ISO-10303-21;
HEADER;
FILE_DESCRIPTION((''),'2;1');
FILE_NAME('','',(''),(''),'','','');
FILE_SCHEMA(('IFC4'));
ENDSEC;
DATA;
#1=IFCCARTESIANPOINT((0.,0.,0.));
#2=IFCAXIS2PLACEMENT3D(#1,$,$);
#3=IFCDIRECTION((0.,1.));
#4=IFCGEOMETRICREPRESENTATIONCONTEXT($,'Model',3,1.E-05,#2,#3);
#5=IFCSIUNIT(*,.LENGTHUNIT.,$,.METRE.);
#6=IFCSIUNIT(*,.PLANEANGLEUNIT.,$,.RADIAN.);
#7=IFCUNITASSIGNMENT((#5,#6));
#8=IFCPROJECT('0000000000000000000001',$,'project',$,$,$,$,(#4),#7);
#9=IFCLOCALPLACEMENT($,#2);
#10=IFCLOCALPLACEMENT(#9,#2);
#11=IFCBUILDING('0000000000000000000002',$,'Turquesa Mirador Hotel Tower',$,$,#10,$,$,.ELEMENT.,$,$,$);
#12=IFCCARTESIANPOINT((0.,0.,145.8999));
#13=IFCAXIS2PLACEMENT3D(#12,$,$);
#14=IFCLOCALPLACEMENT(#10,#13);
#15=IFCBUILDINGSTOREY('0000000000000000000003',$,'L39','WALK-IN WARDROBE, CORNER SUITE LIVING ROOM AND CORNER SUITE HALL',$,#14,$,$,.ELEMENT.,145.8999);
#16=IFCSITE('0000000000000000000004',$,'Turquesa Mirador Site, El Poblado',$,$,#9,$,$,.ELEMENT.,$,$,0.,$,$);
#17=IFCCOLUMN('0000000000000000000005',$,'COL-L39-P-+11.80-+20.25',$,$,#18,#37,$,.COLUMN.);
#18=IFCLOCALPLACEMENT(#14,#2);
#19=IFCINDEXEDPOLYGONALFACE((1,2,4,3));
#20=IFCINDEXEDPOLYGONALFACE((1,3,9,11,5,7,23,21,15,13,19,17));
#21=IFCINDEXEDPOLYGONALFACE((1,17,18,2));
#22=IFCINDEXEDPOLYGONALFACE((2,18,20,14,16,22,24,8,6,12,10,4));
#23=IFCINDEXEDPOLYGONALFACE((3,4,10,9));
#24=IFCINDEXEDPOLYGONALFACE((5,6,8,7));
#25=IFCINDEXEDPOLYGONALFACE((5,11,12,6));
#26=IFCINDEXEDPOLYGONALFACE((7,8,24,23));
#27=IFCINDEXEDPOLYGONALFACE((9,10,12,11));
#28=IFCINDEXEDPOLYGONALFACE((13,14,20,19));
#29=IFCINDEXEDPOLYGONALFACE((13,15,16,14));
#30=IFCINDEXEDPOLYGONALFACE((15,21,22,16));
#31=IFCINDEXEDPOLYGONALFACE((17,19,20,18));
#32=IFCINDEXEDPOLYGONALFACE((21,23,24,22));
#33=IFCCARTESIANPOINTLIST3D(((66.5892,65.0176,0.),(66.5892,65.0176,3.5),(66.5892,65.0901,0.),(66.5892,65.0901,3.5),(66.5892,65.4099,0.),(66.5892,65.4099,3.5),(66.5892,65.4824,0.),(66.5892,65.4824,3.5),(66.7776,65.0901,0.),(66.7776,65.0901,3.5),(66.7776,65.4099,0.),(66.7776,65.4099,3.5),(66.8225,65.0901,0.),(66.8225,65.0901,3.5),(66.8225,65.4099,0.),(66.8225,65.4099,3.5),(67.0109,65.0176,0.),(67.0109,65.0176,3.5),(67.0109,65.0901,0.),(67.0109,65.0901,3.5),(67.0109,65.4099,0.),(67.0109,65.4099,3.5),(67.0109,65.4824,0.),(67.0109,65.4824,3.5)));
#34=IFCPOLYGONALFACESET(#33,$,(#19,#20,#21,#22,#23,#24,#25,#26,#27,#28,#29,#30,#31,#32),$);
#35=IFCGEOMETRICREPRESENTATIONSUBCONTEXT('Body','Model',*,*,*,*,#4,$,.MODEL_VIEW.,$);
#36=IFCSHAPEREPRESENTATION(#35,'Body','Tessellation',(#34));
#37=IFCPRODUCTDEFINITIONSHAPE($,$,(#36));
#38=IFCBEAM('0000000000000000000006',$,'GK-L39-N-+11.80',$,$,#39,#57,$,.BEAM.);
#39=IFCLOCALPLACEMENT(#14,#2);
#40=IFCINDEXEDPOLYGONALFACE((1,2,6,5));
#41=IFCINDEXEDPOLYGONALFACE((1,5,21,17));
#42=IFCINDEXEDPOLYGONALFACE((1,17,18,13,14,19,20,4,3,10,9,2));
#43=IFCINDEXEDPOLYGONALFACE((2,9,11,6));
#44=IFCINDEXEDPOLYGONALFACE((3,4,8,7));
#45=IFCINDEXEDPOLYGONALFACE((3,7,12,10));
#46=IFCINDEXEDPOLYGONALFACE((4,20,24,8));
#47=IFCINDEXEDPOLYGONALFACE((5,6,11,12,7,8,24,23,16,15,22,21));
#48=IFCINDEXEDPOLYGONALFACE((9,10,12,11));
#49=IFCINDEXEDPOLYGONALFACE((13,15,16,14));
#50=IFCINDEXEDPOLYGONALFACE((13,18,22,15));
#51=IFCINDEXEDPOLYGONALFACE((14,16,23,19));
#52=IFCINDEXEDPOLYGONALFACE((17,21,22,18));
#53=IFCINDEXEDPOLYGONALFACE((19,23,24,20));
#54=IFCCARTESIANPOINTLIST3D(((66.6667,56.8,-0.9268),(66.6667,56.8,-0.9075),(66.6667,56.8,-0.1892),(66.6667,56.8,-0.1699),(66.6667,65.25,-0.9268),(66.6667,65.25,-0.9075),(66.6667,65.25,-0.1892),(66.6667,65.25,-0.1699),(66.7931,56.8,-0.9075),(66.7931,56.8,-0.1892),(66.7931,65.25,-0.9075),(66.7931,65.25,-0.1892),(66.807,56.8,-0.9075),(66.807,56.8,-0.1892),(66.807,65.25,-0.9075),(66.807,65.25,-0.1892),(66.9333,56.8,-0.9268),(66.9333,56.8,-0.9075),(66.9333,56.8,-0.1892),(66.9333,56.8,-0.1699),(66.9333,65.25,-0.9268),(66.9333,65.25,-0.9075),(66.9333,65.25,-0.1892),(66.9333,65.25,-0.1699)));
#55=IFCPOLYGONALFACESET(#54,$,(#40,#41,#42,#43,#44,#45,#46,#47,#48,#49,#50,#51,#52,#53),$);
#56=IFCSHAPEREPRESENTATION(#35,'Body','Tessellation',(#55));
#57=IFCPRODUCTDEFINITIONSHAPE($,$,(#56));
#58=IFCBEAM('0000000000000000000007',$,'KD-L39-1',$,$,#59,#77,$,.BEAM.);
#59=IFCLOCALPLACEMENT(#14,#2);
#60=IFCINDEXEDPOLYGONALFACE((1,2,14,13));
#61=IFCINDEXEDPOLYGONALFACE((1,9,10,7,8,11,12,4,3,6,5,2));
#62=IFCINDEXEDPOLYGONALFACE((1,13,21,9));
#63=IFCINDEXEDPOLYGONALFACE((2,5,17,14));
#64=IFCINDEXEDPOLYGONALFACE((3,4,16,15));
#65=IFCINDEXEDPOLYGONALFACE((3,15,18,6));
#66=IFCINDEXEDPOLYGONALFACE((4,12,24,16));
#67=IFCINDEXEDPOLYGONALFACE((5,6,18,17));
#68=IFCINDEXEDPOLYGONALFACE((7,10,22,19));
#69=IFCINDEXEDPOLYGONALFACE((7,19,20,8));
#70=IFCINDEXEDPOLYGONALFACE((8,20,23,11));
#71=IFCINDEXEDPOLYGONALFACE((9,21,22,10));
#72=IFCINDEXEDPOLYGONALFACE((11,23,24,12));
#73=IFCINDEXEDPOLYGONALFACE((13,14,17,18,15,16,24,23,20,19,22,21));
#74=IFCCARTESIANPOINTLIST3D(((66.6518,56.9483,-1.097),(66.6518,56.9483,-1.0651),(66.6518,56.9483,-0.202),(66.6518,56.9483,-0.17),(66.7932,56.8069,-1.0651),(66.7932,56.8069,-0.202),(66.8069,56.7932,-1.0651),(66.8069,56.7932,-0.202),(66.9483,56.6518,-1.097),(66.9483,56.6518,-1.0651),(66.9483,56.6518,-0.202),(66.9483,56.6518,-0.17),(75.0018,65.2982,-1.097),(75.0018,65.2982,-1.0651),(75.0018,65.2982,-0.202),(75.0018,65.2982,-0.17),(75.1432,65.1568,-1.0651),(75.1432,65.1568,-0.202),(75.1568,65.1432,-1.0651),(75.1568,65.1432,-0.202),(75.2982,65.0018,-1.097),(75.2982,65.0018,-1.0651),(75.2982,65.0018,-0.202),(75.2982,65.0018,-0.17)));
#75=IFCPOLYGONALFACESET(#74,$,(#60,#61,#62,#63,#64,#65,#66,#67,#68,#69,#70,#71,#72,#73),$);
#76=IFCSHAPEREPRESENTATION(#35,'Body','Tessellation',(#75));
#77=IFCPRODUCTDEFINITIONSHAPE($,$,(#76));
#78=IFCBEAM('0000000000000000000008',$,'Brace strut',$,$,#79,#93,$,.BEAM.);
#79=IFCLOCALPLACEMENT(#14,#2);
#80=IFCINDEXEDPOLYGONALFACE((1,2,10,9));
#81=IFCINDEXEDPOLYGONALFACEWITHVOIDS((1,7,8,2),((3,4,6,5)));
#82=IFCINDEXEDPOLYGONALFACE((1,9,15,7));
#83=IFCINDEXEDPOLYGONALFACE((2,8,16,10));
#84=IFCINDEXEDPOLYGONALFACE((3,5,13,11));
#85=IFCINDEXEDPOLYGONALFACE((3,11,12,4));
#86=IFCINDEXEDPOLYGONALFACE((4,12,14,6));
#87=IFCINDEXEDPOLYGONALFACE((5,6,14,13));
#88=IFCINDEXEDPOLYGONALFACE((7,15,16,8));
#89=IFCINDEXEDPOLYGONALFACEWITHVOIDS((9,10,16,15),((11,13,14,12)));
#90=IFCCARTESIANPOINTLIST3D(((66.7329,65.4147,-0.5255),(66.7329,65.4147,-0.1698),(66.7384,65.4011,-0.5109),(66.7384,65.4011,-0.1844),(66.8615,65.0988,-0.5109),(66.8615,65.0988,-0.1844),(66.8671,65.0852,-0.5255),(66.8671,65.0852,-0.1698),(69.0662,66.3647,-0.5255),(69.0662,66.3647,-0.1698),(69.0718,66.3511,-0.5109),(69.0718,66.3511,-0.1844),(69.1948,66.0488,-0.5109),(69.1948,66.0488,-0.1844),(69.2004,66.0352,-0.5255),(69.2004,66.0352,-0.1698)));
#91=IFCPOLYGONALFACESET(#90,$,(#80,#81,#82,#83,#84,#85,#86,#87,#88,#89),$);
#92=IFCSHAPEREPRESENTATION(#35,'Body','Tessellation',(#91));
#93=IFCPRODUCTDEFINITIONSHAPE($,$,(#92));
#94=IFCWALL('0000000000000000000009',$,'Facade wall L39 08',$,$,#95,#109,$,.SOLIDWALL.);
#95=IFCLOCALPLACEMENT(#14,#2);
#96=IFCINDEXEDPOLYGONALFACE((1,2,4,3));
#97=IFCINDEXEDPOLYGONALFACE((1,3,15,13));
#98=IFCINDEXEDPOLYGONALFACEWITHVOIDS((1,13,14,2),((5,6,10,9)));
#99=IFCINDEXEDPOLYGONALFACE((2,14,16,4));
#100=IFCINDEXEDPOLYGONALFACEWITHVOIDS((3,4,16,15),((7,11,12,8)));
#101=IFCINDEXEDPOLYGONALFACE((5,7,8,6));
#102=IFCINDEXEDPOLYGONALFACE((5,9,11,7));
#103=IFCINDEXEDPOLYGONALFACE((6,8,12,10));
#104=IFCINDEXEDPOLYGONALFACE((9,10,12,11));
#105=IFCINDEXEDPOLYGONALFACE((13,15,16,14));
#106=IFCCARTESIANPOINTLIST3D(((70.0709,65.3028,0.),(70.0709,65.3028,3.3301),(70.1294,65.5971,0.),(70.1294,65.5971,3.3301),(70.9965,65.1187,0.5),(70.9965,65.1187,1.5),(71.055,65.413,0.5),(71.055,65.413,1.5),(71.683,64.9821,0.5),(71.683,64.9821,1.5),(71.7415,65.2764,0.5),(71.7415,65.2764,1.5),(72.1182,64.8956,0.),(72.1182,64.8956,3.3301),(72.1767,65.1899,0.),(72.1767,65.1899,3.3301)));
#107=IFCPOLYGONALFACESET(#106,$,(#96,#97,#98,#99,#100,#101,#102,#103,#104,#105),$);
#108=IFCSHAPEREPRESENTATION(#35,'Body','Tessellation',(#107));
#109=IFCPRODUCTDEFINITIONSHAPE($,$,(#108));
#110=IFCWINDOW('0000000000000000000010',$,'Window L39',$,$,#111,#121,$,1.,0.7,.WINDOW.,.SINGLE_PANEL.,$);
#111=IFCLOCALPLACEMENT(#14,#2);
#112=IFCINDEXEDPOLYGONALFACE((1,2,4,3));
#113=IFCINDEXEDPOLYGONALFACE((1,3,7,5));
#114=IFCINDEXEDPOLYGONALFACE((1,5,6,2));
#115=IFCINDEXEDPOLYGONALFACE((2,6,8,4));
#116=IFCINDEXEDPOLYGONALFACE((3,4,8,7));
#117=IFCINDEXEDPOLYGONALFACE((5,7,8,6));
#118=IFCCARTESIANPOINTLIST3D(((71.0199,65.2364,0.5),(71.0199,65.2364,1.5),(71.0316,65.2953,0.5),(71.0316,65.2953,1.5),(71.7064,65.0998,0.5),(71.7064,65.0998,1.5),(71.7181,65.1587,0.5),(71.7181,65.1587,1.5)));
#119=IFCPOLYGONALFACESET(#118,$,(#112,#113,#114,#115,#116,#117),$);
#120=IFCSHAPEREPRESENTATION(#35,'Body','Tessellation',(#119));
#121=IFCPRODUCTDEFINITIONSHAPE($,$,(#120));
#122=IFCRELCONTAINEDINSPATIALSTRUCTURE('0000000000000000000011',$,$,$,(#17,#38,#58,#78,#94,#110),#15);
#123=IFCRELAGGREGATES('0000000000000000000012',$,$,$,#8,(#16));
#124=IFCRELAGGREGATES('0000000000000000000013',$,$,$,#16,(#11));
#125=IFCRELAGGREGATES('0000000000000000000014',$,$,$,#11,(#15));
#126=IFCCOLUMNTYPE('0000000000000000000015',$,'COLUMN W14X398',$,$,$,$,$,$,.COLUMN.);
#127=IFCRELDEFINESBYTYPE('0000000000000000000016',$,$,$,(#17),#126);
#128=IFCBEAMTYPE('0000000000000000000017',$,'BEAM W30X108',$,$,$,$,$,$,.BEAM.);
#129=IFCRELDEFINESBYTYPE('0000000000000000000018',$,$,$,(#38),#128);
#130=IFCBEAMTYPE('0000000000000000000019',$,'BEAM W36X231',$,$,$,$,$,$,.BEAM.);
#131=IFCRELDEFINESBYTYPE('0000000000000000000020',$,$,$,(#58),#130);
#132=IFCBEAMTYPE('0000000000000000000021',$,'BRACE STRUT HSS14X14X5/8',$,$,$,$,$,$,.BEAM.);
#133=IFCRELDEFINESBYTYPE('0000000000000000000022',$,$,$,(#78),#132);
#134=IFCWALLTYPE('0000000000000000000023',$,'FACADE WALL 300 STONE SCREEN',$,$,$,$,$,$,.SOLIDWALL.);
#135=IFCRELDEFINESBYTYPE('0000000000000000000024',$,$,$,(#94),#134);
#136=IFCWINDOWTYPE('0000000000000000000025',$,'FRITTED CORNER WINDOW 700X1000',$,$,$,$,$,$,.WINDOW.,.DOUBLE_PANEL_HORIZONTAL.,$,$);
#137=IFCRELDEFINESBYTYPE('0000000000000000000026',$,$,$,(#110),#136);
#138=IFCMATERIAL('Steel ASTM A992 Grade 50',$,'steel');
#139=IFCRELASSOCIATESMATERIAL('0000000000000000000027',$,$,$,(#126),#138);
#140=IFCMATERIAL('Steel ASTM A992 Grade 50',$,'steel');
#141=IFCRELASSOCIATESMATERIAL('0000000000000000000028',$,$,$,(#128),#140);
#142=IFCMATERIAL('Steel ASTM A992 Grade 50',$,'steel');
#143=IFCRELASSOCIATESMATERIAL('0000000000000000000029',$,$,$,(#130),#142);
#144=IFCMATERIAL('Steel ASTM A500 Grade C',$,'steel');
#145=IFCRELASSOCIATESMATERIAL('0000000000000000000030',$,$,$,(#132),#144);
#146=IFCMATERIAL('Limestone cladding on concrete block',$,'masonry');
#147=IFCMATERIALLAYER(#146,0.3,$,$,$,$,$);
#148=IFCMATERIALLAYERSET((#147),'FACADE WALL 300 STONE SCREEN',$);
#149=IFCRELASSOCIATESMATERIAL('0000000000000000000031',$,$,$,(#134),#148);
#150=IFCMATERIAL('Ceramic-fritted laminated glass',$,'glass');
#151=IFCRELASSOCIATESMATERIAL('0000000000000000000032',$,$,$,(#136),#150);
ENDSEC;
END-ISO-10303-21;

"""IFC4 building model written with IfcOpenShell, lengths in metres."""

from ifc_helpers import new_model, si_unit, direction, frame, frame_2d, origin, origin_2d, place, context, subcontext, project, spatial, rectangle, hollow_rectangle, i_section, extrude, material, layer, layer_set, material_profile, profile_set, type_object, element, fill, save


model = new_model("IFC4")

# Units and contexts
model_context = context("Model", 3, precision=1e-05, world=origin(), true_north=direction((0.0, 1.0)))
body_context = subcontext(model_context, "Body", "Model", "MODEL_VIEW")
ifc_project = project(units=[si_unit("LENGTHUNIT", "METRE"), si_unit("PLANEANGLEUNIT", "RADIAN")], contexts=[model_context])

# Site, building, storey
site_placement = place(None, origin())
site = spatial("IfcSite", under=ifc_project, at=site_placement, Name="Turquesa Mirador Site, El Poblado", CompositionType="ELEMENT", RefElevation=0.0)
building_placement = place(site_placement, origin())
building = spatial("IfcBuilding", under=site, at=building_placement, Name="Turquesa Mirador Hotel Tower", CompositionType="ELEMENT")
storey_placement = place(building_placement, frame((0.0, 0.0, 145.8999)))
storey = spatial("IfcBuildingStorey", under=building, at=storey_placement, Name="L39", Description="WALK-IN WARDROBE, CORNER SUITE LIVING ROOM AND CORNER SUITE HALL", CompositionType="ELEMENT", Elevation=145.8999)

# Column
ifc_material_1 = material(Name="Steel ASTM A992 Grade 50", Category="steel")
ifc_material_profile_1 = material_profile(ifc_material_1, i_section(OverallWidth=0.4216, OverallDepth=0.4648, WebThickness=0.0449, FlangeThickness=0.0725, at=origin_2d()), Name="W14X398")
ifc_profile_set_1 = profile_set([ifc_material_profile_1], Name="Steel ASTM A992 Grade 50")
column_type = type_object("IfcColumnType", Name="COLUMN W14X398", PredefinedType="COLUMN", material=ifc_profile_set_1)
column_placement = place(storey_placement, frame((66.8, 65.25, 0.0), z_axis=(0.0, 0.0, 1.0), x_axis=(1.0, 0.0, 0.0)))
element("IfcColumn", 1, at=column_placement, inside=storey, type_object=column_type, Name="COL-L39-P-+11.80-+20.25", PredefinedType="COLUMN", context=body_context, shape_type="SweptSolid", body=[
    extrude(i_section(OverallWidth=0.4216, OverallDepth=0.4648, WebThickness=0.0449, FlangeThickness=0.0725, at=origin_2d()), origin(), (0.0, 0.0, 1.0), 3.5),
])

# Beams
ifc_material_2 = material(Name="Steel ASTM A992 Grade 50", Category="steel")
ifc_material_profile_2 = material_profile(ifc_material_2, i_section(OverallWidth=0.2666, OverallDepth=0.7568, WebThickness=0.0139, FlangeThickness=0.0193, at=origin_2d()), Name="W30X108")
ifc_profile_set_2 = profile_set([ifc_material_profile_2], Name="Steel ASTM A992 Grade 50")
beam_type_1 = type_object("IfcBeamType", Name="BEAM W30X108", PredefinedType="BEAM", material=ifc_profile_set_2)
beam_1_placement = place(storey_placement, frame((66.8, 65.25, -0.5483), z_axis=(0.0, -1.0, 0.0), x_axis=(1.0, 0.0, 0.0)))
element("IfcBeam", 2, at=beam_1_placement, inside=storey, type_object=beam_type_1, Name="GK-L39-N-+11.80", PredefinedType="BEAM", context=body_context, shape_type="SweptSolid", body=[
    extrude(i_section(OverallWidth=0.2666, OverallDepth=0.7568, WebThickness=0.0139, FlangeThickness=0.0193, at=origin_2d()), origin(), (0.0, 0.0, 1.0), 8.45),
])
ifc_material_3 = material(Name="Steel ASTM A992 Grade 50", Category="steel")
ifc_material_profile_3 = material_profile(ifc_material_3, i_section(OverallWidth=0.4192, OverallDepth=0.927, WebThickness=0.0193, FlangeThickness=0.032, at=origin_2d()), Name="W36X231")
ifc_profile_set_3 = profile_set([ifc_material_profile_3], Name="Steel ASTM A992 Grade 50")
beam_type_2 = type_object("IfcBeamType", Name="BEAM W36X231", PredefinedType="BEAM", material=ifc_profile_set_3)
beam_2_placement = place(storey_placement, frame((66.8, 56.8, -0.6335), z_axis=(0.707107, 0.707107, 0.0), x_axis=(-0.707107, 0.707107, 0.0)))
element("IfcBeam", 3, at=beam_2_placement, inside=storey, type_object=beam_type_2, Name="KD-L39-1", PredefinedType="BEAM", context=body_context, shape_type="SweptSolid", body=[
    extrude(i_section(OverallWidth=0.4192, OverallDepth=0.927, WebThickness=0.0193, FlangeThickness=0.032, at=origin_2d()), origin(), (0.0, 0.0, 1.0), 11.8086),
])
ifc_material_4 = material(Name="Steel ASTM A500 Grade C", Category="steel")
ifc_material_profile_4 = material_profile(ifc_material_4, hollow_rectangle(XDim=0.3557, YDim=0.3557, WallThickness=0.0146, at=origin_2d()), Name="HSS14X14X5/8")
ifc_profile_set_4 = profile_set([ifc_material_profile_4], Name="Steel ASTM A500 Grade C")
beam_type_3 = type_object("IfcBeamType", Name="BRACE STRUT HSS14X14X5/8", PredefinedType="BEAM", material=ifc_profile_set_4)
beam_3_placement = place(storey_placement, frame((69.1333, 66.2, -0.3477), z_axis=(-0.92618, -0.377081, 0.0), x_axis=(0.377081, -0.92618, 0.0)))
element("IfcBeam", 4, at=beam_3_placement, inside=storey, type_object=beam_type_3, Name="Brace strut", PredefinedType="BEAM", context=body_context, shape_type="SweptSolid", body=[
    extrude(hollow_rectangle(XDim=0.3557, YDim=0.3557, WallThickness=0.0146, at=origin_2d()), origin(), (0.0, 0.0, 1.0), 2.5193),
])

# Wall, opening, window
ifc_material_5 = material(Name="Limestone cladding on concrete block", Category="masonry")
ifc_layer_1 = layer(ifc_material_5, 0.3)
ifc_layer_set_1 = layer_set([ifc_layer_1], Name="FACADE WALL 300 STONE SCREEN")
wall_type_1 = type_object("IfcWallType", Name="FACADE WALL 300 STONE SCREEN", PredefinedType="SOLIDWALL", material=ifc_layer_set_1)
wall_1_placement = place(storey_placement, frame((72.1475, 65.0427, 0.0), z_axis=(0.0, 0.0, 1.0), x_axis=(-0.980787, 0.195081, 0.0)))
wall_1 = element("IfcWall", 5, at=wall_1_placement, inside=storey, type_object=wall_type_1, Name="Facade wall L39 08", PredefinedType="SOLIDWALL", context=body_context, shape_type="SweptSolid", body=[
    extrude(rectangle(XDim=2.0874, YDim=0.3, at=frame_2d((1.0437, 0.0))), origin(), (0.0, 0.0, 1.0), 3.3301),
])
opening_1_placement = place(wall_1_placement, frame((0.4436, 0.0, 0.5)))
opening_1 = element("IfcOpeningElement", 6, at=opening_1_placement, cuts=wall_1, PredefinedType="OPENING", context=body_context, shape_type="SweptSolid", body=[
    extrude(rectangle(XDim=0.7, YDim=1.0, at=frame_2d((0.3501, 0.5))), frame((0.0, 0.1599, 0.0), z_axis=(0.0, -1.0, 0.0), x_axis=(1.0, 0.0, 0.0)), (0.0, 0.0, 1.0), 0.3201),
])
ifc_material_6 = material(Name="Ceramic-fritted laminated glass", Category="glass")
window_type_1 = type_object("IfcWindowType", Name="FRITTED CORNER WINDOW 700X1000", PartitioningType="DOUBLE_PANEL_HORIZONTAL", PredefinedType="WINDOW", material=ifc_material_6)
window_1_placement = place(opening_1_placement, origin())
window_1 = element("IfcWindow", 7, at=window_1_placement, inside=storey, type_object=window_type_1, Name="Window L39", OverallHeight=1.0, OverallWidth=0.7, PartitioningType="SINGLE_PANEL", PredefinedType="WINDOW", context=body_context, shape_type="SweptSolid", body=[
    extrude(rectangle(XDim=0.7, YDim=1.0, at=frame_2d((0.3501, 0.5))), frame((0.0, 0.03, 0.0), z_axis=(0.0, -1.0, 0.0), x_axis=(1.0, 0.0, 0.0)), (0.0, 0.0, 1.0), 0.0601),
])
fill(opening_1, window_1)

save(model, "model.ifc")
